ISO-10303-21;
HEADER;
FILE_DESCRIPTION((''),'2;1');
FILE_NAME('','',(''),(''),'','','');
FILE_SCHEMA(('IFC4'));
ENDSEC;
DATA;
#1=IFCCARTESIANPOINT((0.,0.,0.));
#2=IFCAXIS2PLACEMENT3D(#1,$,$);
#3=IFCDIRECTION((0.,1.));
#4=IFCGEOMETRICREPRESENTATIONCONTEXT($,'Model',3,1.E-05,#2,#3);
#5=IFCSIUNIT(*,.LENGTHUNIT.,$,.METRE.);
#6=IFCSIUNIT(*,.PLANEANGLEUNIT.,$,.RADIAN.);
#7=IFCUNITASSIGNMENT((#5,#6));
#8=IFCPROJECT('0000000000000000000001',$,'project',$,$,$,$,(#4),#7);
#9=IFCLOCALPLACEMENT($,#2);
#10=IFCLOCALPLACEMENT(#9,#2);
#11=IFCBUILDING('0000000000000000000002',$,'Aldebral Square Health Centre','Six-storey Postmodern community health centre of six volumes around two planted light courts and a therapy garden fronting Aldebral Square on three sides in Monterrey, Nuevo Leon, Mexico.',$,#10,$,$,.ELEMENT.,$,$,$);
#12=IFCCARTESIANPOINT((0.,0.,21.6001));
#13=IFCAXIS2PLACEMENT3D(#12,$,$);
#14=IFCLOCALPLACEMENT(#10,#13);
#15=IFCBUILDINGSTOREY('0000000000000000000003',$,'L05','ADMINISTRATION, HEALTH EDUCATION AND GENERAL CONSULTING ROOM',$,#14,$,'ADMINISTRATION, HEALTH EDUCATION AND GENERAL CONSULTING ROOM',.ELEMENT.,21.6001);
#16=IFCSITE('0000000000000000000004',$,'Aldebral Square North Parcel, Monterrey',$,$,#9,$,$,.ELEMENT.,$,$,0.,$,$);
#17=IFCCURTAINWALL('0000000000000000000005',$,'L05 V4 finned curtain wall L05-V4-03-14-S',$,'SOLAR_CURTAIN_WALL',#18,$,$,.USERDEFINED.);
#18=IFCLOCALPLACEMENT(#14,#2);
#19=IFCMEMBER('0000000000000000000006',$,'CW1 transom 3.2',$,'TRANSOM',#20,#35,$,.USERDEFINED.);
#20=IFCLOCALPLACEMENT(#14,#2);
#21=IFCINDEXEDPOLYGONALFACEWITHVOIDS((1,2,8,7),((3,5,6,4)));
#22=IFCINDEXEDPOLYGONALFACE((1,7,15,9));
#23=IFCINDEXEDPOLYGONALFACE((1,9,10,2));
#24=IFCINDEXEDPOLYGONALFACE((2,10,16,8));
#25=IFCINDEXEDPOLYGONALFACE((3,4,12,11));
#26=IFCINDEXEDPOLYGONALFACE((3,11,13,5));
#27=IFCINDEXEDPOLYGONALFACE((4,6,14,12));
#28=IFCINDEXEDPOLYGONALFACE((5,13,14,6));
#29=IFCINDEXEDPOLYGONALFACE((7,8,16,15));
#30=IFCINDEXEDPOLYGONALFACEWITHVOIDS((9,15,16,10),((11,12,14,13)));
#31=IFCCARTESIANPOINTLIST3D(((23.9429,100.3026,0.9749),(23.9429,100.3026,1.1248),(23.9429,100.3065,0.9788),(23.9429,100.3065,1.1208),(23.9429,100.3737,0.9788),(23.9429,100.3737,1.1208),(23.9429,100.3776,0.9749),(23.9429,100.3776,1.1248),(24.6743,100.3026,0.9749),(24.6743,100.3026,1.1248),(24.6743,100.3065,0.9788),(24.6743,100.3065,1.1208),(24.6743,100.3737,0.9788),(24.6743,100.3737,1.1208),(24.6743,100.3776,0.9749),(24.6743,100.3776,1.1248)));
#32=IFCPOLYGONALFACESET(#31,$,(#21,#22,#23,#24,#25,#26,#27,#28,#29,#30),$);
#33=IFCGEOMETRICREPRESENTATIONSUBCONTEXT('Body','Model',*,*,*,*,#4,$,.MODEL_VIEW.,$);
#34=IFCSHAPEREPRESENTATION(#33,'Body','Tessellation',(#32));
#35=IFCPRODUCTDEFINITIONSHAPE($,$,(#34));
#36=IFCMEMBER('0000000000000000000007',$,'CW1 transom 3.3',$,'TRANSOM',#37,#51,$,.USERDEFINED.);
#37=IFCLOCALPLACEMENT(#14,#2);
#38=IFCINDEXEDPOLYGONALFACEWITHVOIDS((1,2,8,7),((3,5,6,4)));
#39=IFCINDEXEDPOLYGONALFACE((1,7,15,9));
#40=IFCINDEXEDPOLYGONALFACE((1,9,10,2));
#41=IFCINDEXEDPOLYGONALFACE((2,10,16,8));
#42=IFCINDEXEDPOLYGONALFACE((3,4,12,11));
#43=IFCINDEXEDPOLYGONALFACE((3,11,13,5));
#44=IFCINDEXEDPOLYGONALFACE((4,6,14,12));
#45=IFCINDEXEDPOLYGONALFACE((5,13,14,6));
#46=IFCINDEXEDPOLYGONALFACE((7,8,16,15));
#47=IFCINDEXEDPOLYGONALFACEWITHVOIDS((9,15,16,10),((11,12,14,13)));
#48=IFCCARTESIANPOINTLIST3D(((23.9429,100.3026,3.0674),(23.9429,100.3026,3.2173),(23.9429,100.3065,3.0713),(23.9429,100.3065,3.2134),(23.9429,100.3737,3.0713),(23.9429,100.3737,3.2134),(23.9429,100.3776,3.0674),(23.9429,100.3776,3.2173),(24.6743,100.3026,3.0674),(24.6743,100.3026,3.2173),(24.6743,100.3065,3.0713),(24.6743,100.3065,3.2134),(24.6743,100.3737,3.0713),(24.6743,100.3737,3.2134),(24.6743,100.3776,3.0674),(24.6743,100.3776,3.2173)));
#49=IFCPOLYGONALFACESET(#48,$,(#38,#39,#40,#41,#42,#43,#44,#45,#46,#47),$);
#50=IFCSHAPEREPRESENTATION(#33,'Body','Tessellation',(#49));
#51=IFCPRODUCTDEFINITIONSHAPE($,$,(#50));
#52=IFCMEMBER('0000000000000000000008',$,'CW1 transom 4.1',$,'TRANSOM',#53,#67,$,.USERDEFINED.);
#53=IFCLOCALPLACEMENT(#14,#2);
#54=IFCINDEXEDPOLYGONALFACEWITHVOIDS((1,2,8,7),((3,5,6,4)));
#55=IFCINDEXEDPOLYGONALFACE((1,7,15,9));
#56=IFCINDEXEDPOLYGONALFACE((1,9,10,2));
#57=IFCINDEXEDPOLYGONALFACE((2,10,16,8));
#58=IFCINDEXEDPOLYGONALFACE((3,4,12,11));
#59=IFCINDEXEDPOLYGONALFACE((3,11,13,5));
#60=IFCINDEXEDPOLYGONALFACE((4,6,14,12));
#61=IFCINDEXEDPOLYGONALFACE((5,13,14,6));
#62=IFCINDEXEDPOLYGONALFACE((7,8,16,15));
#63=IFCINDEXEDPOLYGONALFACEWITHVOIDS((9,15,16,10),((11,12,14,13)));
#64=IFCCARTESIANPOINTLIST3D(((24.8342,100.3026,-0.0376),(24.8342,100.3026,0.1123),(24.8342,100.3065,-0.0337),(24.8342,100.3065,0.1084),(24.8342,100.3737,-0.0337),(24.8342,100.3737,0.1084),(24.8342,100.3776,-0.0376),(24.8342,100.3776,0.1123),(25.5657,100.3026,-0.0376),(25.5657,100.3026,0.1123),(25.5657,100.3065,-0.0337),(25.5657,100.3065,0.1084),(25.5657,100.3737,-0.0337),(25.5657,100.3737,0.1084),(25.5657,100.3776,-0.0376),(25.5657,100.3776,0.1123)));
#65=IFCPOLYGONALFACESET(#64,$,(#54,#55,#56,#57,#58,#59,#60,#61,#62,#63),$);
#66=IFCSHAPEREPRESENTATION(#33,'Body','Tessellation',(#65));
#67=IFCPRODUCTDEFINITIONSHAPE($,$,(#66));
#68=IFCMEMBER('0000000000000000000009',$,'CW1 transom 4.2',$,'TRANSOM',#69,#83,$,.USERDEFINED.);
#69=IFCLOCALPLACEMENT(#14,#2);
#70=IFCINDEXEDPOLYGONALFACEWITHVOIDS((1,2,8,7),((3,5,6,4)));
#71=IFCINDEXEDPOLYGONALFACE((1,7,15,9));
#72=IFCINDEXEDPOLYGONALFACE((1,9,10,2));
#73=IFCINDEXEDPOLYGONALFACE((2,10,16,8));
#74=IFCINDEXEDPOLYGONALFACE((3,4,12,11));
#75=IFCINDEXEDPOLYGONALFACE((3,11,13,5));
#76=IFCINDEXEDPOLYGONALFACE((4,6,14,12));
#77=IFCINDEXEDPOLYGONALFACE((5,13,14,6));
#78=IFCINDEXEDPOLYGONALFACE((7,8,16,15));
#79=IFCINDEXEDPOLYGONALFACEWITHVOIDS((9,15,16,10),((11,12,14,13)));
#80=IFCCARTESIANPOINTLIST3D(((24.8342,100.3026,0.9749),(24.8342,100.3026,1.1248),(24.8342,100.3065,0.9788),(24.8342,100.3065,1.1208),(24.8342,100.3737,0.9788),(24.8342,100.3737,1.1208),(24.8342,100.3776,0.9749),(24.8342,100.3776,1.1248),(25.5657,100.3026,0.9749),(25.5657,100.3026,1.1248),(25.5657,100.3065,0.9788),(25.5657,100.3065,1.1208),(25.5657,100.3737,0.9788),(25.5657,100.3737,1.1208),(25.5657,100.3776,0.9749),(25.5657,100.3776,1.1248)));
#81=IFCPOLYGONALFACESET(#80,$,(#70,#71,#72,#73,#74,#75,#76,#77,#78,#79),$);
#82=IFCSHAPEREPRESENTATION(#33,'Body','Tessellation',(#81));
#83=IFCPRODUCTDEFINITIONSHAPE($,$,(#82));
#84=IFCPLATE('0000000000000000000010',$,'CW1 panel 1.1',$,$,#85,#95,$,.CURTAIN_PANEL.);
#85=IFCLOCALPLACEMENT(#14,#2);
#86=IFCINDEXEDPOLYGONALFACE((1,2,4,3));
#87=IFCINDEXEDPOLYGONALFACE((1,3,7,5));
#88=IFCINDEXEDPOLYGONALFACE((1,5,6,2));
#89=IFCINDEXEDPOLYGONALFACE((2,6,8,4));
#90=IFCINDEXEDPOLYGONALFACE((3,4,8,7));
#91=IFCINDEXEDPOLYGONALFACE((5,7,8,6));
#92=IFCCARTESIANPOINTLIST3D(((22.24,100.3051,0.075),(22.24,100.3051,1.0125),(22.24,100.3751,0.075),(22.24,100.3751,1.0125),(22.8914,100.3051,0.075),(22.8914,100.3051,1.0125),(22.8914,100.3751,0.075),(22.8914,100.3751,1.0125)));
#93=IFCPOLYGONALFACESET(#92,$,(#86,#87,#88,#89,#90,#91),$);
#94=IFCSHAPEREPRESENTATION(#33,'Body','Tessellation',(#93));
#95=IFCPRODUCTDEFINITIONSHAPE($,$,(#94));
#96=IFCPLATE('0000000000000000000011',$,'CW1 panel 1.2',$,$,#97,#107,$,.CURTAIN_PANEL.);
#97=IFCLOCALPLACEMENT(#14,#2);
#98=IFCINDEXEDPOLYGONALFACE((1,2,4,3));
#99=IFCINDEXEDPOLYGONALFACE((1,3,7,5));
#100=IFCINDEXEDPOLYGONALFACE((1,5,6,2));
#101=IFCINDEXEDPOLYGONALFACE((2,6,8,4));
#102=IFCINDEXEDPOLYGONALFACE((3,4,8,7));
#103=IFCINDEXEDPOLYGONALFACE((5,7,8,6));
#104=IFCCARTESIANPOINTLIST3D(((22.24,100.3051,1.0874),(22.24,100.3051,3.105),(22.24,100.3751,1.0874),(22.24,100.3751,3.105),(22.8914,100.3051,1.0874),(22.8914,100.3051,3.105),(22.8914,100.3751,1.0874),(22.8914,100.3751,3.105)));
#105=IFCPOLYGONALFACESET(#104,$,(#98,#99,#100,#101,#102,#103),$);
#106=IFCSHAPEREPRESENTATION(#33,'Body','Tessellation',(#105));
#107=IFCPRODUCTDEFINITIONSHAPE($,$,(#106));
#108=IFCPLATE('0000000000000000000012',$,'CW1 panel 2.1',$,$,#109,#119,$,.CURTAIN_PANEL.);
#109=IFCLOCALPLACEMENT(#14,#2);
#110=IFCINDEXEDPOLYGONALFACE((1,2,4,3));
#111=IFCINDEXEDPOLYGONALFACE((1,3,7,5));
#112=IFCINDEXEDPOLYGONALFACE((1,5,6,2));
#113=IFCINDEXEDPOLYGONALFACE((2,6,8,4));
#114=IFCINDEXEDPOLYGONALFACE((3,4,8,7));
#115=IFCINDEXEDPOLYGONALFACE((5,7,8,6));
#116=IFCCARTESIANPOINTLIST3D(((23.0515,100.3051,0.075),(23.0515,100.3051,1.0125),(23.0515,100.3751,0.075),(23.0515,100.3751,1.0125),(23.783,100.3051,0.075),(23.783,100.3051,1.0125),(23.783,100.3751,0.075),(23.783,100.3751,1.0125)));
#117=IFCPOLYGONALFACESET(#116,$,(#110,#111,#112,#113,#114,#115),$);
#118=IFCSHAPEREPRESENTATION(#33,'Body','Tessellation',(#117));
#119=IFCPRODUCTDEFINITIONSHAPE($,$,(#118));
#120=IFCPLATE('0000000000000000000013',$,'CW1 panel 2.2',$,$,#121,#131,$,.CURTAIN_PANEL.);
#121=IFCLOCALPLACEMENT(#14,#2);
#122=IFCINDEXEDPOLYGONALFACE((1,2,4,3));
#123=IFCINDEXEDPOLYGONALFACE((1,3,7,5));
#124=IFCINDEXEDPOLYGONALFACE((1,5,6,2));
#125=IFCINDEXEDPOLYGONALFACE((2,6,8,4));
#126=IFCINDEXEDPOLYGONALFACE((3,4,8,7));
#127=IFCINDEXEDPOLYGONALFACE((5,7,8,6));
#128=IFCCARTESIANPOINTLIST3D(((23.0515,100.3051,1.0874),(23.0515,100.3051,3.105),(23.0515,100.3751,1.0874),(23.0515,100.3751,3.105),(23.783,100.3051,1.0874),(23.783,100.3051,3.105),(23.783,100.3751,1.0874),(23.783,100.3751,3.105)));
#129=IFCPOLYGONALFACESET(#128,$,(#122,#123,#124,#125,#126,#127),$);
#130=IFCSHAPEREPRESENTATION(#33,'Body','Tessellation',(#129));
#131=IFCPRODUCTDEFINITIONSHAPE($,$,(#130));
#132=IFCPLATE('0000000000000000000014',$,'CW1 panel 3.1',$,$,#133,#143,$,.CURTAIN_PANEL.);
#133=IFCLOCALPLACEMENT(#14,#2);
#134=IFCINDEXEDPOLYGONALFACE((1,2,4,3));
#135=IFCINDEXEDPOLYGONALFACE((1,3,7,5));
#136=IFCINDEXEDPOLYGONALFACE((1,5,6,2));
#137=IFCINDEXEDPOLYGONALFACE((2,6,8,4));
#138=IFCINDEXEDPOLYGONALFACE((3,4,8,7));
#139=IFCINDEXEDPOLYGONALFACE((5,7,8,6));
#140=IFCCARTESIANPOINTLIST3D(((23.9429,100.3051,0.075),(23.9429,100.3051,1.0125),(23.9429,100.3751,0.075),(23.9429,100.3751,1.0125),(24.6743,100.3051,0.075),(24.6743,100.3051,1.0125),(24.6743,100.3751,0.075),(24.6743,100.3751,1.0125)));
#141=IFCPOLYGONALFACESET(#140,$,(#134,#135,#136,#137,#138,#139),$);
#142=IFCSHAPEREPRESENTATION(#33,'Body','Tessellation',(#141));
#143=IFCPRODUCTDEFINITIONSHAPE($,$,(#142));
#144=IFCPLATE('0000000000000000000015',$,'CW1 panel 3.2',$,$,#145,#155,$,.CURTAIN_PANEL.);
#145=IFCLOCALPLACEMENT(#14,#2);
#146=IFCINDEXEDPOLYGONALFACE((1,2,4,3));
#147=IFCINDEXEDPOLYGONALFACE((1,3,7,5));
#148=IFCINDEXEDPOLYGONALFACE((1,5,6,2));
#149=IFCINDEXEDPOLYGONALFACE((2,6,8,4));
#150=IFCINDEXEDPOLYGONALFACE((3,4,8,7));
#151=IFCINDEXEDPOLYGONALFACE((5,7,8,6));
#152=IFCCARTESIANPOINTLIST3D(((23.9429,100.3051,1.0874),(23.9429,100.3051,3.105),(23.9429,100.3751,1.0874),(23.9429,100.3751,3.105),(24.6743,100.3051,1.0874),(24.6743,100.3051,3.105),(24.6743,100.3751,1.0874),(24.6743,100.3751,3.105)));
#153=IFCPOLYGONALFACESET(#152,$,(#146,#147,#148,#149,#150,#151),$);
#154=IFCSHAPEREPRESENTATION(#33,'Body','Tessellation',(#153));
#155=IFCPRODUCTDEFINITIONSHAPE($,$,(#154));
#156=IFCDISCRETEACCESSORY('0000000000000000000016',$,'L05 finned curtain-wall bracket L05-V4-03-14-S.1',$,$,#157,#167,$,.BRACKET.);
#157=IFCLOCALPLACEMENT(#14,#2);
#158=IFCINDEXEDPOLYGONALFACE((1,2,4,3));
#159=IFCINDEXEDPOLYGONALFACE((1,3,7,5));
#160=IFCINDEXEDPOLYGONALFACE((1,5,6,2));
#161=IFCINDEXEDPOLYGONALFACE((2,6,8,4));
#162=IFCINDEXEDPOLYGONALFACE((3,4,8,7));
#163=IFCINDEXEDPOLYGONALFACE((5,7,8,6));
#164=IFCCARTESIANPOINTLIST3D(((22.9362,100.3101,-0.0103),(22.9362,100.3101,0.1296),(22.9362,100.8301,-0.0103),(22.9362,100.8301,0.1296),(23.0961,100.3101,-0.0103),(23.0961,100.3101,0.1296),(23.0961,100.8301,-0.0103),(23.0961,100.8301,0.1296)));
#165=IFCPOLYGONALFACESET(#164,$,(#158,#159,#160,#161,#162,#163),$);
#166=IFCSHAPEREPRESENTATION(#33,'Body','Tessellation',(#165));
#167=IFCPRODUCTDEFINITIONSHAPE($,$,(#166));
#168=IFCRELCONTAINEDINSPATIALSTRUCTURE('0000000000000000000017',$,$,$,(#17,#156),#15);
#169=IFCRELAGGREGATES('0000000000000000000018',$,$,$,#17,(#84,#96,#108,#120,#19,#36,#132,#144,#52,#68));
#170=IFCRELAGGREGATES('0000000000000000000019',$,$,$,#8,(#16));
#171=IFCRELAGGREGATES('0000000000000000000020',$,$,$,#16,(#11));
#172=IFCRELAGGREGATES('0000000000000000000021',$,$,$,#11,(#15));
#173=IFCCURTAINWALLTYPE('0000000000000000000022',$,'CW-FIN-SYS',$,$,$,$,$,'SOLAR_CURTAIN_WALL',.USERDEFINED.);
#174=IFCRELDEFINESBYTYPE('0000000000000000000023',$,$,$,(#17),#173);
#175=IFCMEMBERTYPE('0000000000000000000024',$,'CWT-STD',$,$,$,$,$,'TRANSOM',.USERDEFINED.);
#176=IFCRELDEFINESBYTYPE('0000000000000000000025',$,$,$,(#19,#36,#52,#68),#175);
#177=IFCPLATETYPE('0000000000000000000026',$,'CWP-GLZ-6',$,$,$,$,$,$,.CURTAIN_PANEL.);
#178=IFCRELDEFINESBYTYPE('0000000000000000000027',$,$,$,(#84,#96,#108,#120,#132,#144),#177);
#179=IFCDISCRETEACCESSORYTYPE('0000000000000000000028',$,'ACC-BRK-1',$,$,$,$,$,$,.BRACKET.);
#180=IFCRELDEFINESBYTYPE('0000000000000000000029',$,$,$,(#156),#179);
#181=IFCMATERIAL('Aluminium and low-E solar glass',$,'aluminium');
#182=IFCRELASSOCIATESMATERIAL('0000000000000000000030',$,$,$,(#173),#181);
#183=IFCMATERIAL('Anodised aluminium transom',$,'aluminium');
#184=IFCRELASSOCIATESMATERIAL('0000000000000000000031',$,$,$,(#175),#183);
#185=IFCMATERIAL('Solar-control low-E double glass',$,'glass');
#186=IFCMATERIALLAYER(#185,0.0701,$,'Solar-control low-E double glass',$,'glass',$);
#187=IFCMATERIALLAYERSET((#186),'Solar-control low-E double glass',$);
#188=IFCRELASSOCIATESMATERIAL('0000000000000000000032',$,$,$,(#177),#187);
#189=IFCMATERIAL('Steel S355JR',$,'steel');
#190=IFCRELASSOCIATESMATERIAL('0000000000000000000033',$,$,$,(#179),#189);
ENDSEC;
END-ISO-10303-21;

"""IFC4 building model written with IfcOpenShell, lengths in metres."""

from ifc_helpers import new_model, si_unit, direction, frame, origin, origin_2d, place, context, subcontext, project, spatial, rectangle, hollow_rectangle, extrude, material, layer, layer_set, material_profile, profile_set, type_object, element, aggregate, save


model = new_model("IFC4")

# Units and contexts
model_context = context("Model", 3, precision=1e-05, world=origin(), true_north=direction((0.0, 1.0)))
body_context = subcontext(model_context, "Body", "Model", "MODEL_VIEW")
ifc_project = project(units=[si_unit("LENGTHUNIT", "METRE"), si_unit("PLANEANGLEUNIT", "RADIAN")], contexts=[model_context])

# Site, building, storey
site_placement = place(None, origin())
site = spatial("IfcSite", under=ifc_project, at=site_placement, Name="Aldebral Square North Parcel, Monterrey", CompositionType="ELEMENT", RefElevation=0.0)
building_placement = place(site_placement, origin())
building = spatial("IfcBuilding", under=site, at=building_placement, Name="Aldebral Square Health Centre", Description="Six-storey Postmodern community health centre of six volumes around two planted light courts and a therapy garden fronting Aldebral Square on three sides in Monterrey, Nuevo Leon, Mexico.", CompositionType="ELEMENT")
storey_placement = place(building_placement, frame((0.0, 0.0, 21.6001)))
storey = spatial("IfcBuildingStorey", under=building, at=storey_placement, Name="L05", Description="ADMINISTRATION, HEALTH EDUCATION AND GENERAL CONSULTING ROOM", LongName="ADMINISTRATION, HEALTH EDUCATION AND GENERAL CONSULTING ROOM", CompositionType="ELEMENT", Elevation=21.6001)

# Curtain wall, members, plates
ifc_material_1 = material(Name="Aluminium and low-E solar glass", Category="aluminium")
curtain_wall_type = type_object("IfcCurtainWallType", Name="CW-FIN-SYS", ElementType="SOLAR_CURTAIN_WALL", PredefinedType="USERDEFINED", material=ifc_material_1)
curtain_wall_placement = place(storey_placement, origin())
curtain_wall = element("IfcCurtainWall", 1, at=curtain_wall_placement, inside=storey, type_object=curtain_wall_type, Name="L05 V4 finned curtain wall L05-V4-03-14-S", ObjectType="SOLAR_CURTAIN_WALL", PredefinedType="USERDEFINED")
ifc_material_2 = material(Name="Anodised aluminium transom", Category="aluminium")
ifc_material_profile_1 = material_profile(ifc_material_2, hollow_rectangle(XDim=0.075, YDim=0.1499, WallThickness=0.0039, at=origin_2d()), Name="CWT 75x150x4")
ifc_profile_set_1 = profile_set([ifc_material_profile_1], Name="Anodised aluminium transom")
member_type_1 = type_object("IfcMemberType", Name="CWT-STD", ElementType="TRANSOM", PredefinedType="USERDEFINED", material=ifc_profile_set_1)
member_1_placement = place(storey_placement, frame((23.9429, 100.3401, 1.0498), z_axis=(1.0, 0.0, 0.0), x_axis=(0.0, 1.0, 0.0)))
member_1 = element("IfcMember", 2, at=member_1_placement, type_object=member_type_1, Name="CW1 transom 3.2", ObjectType="TRANSOM", PredefinedType="USERDEFINED", context=body_context, shape_type="SweptSolid", body=[
    extrude(hollow_rectangle(XDim=0.075, YDim=0.1499, WallThickness=0.0039, at=origin_2d()), origin(), (0.0, 0.0, 1.0), 0.7314),
])
member_2_placement = place(storey_placement, frame((23.9429, 100.3401, 3.1423), z_axis=(1.0, 0.0, 0.0), x_axis=(0.0, 1.0, 0.0)))
member_2 = element("IfcMember", 3, at=member_2_placement, type_object=member_type_1, Name="CW1 transom 3.3", ObjectType="TRANSOM", PredefinedType="USERDEFINED", context=body_context, shape_type="SweptSolid", body=[
    extrude(hollow_rectangle(XDim=0.075, YDim=0.1499, WallThickness=0.0039, at=origin_2d()), origin(), (0.0, 0.0, 1.0), 0.7314),
])
member_3_placement = place(storey_placement, frame((24.8342, 100.3401, 0.0374), z_axis=(1.0, 0.0, 0.0), x_axis=(0.0, 1.0, 0.0)))
member_3 = element("IfcMember", 4, at=member_3_placement, type_object=member_type_1, Name="CW1 transom 4.1", ObjectType="TRANSOM", PredefinedType="USERDEFINED", context=body_context, shape_type="SweptSolid", body=[
    extrude(hollow_rectangle(XDim=0.075, YDim=0.1499, WallThickness=0.0039, at=origin_2d()), origin(), (0.0, 0.0, 1.0), 0.7314),
])
member_4_placement = place(storey_placement, frame((24.8342, 100.3401, 1.0498), z_axis=(1.0, 0.0, 0.0), x_axis=(0.0, 1.0, 0.0)))
member_4 = element("IfcMember", 5, at=member_4_placement, type_object=member_type_1, Name="CW1 transom 4.2", ObjectType="TRANSOM", PredefinedType="USERDEFINED", context=body_context, shape_type="SweptSolid", body=[
    extrude(hollow_rectangle(XDim=0.075, YDim=0.1499, WallThickness=0.0039, at=origin_2d()), origin(), (0.0, 0.0, 1.0), 0.7314),
])
ifc_material_3 = material(Name="Solar-control low-E double glass", Category="glass")
ifc_layer = layer(ifc_material_3, 0.0701, Name="Solar-control low-E double glass", Category="glass")
ifc_layer_set = layer_set([ifc_layer], Name="Solar-control low-E double glass")
plate_type = type_object("IfcPlateType", Name="CWP-GLZ-6", PredefinedType="CURTAIN_PANEL", material=ifc_layer_set)
plate_1_placement = place(storey_placement, frame((22.5657, 100.3401, 0.075), z_axis=(0.0, 0.0, 1.0), x_axis=(1.0, 0.0, 0.0)))
plate_1 = element("IfcPlate", 6, at=plate_1_placement, type_object=plate_type, Name="CW1 panel 1.1", PredefinedType="CURTAIN_PANEL", context=body_context, shape_type="SweptSolid", body=[
    extrude(rectangle(XDim=0.6514, YDim=0.0701, at=origin_2d()), origin(), (0.0, 0.0, 1.0), 0.9375),
])
plate_2_placement = place(storey_placement, frame((22.5657, 100.3401, 1.0874), z_axis=(0.0, 0.0, 1.0), x_axis=(1.0, 0.0, 0.0)))
plate_2 = element("IfcPlate", 7, at=plate_2_placement, type_object=plate_type, Name="CW1 panel 1.2", PredefinedType="CURTAIN_PANEL", context=body_context, shape_type="SweptSolid", body=[
    extrude(rectangle(XDim=0.6514, YDim=0.0701, at=origin_2d()), origin(), (0.0, 0.0, 1.0), 2.0176),
])
plate_3_placement = place(storey_placement, frame((23.4172, 100.3401, 0.075), z_axis=(0.0, 0.0, 1.0), x_axis=(1.0, 0.0, 0.0)))
plate_3 = element("IfcPlate", 8, at=plate_3_placement, type_object=plate_type, Name="CW1 panel 2.1", PredefinedType="CURTAIN_PANEL", context=body_context, shape_type="SweptSolid", body=[
    extrude(rectangle(XDim=0.7314, YDim=0.0701, at=origin_2d()), origin(), (0.0, 0.0, 1.0), 0.9375),
])
plate_4_placement = place(storey_placement, frame((23.4172, 100.3401, 1.0874), z_axis=(0.0, 0.0, 1.0), x_axis=(1.0, 0.0, 0.0)))
plate_4 = element("IfcPlate", 9, at=plate_4_placement, type_object=plate_type, Name="CW1 panel 2.2", PredefinedType="CURTAIN_PANEL", context=body_context, shape_type="SweptSolid", body=[
    extrude(rectangle(XDim=0.7314, YDim=0.0701, at=origin_2d()), origin(), (0.0, 0.0, 1.0), 2.0176),
])
plate_5_placement = place(storey_placement, frame((24.3086, 100.3401, 0.075), z_axis=(0.0, 0.0, 1.0), x_axis=(1.0, 0.0, 0.0)))
plate_5 = element("IfcPlate", 10, at=plate_5_placement, type_object=plate_type, Name="CW1 panel 3.1", PredefinedType="CURTAIN_PANEL", context=body_context, shape_type="SweptSolid", body=[
    extrude(rectangle(XDim=0.7314, YDim=0.0701, at=origin_2d()), origin(), (0.0, 0.0, 1.0), 0.9375),
])
plate_6_placement = place(storey_placement, frame((24.3086, 100.3401, 1.0874), z_axis=(0.0, 0.0, 1.0), x_axis=(1.0, 0.0, 0.0)))
plate_6 = element("IfcPlate", 11, at=plate_6_placement, type_object=plate_type, Name="CW1 panel 3.2", PredefinedType="CURTAIN_PANEL", context=body_context, shape_type="SweptSolid", body=[
    extrude(rectangle(XDim=0.7314, YDim=0.0701, at=origin_2d()), origin(), (0.0, 0.0, 1.0), 2.0176),
])
aggregate(curtain_wall, [plate_1, plate_2, plate_3, plate_4, member_1, member_2, plate_5, plate_6, member_3, member_4])

# Discrete accessory
ifc_material_4 = material(Name="Steel S355JR", Category="steel")
discrete_accessory_type = type_object("IfcDiscreteAccessoryType", Name="ACC-BRK-1", PredefinedType="BRACKET", material=ifc_material_4)
discrete_accessory_placement = place(storey_placement, frame((23.0161, 100.5701, -0.0103), z_axis=(0.0, 0.0, 1.0), x_axis=(1.0, 0.0, 0.0)))
element("IfcDiscreteAccessory", 12, at=discrete_accessory_placement, inside=storey, type_object=discrete_accessory_type, Name="L05 finned curtain-wall bracket L05-V4-03-14-S.1", PredefinedType="BRACKET", context=body_context, shape_type="SweptSolid", body=[
    extrude(rectangle(XDim=0.1599, YDim=0.52, at=origin_2d()), origin(), (0.0, 0.0, 1.0), 0.1399),
])

save(model, "model.ifc")
